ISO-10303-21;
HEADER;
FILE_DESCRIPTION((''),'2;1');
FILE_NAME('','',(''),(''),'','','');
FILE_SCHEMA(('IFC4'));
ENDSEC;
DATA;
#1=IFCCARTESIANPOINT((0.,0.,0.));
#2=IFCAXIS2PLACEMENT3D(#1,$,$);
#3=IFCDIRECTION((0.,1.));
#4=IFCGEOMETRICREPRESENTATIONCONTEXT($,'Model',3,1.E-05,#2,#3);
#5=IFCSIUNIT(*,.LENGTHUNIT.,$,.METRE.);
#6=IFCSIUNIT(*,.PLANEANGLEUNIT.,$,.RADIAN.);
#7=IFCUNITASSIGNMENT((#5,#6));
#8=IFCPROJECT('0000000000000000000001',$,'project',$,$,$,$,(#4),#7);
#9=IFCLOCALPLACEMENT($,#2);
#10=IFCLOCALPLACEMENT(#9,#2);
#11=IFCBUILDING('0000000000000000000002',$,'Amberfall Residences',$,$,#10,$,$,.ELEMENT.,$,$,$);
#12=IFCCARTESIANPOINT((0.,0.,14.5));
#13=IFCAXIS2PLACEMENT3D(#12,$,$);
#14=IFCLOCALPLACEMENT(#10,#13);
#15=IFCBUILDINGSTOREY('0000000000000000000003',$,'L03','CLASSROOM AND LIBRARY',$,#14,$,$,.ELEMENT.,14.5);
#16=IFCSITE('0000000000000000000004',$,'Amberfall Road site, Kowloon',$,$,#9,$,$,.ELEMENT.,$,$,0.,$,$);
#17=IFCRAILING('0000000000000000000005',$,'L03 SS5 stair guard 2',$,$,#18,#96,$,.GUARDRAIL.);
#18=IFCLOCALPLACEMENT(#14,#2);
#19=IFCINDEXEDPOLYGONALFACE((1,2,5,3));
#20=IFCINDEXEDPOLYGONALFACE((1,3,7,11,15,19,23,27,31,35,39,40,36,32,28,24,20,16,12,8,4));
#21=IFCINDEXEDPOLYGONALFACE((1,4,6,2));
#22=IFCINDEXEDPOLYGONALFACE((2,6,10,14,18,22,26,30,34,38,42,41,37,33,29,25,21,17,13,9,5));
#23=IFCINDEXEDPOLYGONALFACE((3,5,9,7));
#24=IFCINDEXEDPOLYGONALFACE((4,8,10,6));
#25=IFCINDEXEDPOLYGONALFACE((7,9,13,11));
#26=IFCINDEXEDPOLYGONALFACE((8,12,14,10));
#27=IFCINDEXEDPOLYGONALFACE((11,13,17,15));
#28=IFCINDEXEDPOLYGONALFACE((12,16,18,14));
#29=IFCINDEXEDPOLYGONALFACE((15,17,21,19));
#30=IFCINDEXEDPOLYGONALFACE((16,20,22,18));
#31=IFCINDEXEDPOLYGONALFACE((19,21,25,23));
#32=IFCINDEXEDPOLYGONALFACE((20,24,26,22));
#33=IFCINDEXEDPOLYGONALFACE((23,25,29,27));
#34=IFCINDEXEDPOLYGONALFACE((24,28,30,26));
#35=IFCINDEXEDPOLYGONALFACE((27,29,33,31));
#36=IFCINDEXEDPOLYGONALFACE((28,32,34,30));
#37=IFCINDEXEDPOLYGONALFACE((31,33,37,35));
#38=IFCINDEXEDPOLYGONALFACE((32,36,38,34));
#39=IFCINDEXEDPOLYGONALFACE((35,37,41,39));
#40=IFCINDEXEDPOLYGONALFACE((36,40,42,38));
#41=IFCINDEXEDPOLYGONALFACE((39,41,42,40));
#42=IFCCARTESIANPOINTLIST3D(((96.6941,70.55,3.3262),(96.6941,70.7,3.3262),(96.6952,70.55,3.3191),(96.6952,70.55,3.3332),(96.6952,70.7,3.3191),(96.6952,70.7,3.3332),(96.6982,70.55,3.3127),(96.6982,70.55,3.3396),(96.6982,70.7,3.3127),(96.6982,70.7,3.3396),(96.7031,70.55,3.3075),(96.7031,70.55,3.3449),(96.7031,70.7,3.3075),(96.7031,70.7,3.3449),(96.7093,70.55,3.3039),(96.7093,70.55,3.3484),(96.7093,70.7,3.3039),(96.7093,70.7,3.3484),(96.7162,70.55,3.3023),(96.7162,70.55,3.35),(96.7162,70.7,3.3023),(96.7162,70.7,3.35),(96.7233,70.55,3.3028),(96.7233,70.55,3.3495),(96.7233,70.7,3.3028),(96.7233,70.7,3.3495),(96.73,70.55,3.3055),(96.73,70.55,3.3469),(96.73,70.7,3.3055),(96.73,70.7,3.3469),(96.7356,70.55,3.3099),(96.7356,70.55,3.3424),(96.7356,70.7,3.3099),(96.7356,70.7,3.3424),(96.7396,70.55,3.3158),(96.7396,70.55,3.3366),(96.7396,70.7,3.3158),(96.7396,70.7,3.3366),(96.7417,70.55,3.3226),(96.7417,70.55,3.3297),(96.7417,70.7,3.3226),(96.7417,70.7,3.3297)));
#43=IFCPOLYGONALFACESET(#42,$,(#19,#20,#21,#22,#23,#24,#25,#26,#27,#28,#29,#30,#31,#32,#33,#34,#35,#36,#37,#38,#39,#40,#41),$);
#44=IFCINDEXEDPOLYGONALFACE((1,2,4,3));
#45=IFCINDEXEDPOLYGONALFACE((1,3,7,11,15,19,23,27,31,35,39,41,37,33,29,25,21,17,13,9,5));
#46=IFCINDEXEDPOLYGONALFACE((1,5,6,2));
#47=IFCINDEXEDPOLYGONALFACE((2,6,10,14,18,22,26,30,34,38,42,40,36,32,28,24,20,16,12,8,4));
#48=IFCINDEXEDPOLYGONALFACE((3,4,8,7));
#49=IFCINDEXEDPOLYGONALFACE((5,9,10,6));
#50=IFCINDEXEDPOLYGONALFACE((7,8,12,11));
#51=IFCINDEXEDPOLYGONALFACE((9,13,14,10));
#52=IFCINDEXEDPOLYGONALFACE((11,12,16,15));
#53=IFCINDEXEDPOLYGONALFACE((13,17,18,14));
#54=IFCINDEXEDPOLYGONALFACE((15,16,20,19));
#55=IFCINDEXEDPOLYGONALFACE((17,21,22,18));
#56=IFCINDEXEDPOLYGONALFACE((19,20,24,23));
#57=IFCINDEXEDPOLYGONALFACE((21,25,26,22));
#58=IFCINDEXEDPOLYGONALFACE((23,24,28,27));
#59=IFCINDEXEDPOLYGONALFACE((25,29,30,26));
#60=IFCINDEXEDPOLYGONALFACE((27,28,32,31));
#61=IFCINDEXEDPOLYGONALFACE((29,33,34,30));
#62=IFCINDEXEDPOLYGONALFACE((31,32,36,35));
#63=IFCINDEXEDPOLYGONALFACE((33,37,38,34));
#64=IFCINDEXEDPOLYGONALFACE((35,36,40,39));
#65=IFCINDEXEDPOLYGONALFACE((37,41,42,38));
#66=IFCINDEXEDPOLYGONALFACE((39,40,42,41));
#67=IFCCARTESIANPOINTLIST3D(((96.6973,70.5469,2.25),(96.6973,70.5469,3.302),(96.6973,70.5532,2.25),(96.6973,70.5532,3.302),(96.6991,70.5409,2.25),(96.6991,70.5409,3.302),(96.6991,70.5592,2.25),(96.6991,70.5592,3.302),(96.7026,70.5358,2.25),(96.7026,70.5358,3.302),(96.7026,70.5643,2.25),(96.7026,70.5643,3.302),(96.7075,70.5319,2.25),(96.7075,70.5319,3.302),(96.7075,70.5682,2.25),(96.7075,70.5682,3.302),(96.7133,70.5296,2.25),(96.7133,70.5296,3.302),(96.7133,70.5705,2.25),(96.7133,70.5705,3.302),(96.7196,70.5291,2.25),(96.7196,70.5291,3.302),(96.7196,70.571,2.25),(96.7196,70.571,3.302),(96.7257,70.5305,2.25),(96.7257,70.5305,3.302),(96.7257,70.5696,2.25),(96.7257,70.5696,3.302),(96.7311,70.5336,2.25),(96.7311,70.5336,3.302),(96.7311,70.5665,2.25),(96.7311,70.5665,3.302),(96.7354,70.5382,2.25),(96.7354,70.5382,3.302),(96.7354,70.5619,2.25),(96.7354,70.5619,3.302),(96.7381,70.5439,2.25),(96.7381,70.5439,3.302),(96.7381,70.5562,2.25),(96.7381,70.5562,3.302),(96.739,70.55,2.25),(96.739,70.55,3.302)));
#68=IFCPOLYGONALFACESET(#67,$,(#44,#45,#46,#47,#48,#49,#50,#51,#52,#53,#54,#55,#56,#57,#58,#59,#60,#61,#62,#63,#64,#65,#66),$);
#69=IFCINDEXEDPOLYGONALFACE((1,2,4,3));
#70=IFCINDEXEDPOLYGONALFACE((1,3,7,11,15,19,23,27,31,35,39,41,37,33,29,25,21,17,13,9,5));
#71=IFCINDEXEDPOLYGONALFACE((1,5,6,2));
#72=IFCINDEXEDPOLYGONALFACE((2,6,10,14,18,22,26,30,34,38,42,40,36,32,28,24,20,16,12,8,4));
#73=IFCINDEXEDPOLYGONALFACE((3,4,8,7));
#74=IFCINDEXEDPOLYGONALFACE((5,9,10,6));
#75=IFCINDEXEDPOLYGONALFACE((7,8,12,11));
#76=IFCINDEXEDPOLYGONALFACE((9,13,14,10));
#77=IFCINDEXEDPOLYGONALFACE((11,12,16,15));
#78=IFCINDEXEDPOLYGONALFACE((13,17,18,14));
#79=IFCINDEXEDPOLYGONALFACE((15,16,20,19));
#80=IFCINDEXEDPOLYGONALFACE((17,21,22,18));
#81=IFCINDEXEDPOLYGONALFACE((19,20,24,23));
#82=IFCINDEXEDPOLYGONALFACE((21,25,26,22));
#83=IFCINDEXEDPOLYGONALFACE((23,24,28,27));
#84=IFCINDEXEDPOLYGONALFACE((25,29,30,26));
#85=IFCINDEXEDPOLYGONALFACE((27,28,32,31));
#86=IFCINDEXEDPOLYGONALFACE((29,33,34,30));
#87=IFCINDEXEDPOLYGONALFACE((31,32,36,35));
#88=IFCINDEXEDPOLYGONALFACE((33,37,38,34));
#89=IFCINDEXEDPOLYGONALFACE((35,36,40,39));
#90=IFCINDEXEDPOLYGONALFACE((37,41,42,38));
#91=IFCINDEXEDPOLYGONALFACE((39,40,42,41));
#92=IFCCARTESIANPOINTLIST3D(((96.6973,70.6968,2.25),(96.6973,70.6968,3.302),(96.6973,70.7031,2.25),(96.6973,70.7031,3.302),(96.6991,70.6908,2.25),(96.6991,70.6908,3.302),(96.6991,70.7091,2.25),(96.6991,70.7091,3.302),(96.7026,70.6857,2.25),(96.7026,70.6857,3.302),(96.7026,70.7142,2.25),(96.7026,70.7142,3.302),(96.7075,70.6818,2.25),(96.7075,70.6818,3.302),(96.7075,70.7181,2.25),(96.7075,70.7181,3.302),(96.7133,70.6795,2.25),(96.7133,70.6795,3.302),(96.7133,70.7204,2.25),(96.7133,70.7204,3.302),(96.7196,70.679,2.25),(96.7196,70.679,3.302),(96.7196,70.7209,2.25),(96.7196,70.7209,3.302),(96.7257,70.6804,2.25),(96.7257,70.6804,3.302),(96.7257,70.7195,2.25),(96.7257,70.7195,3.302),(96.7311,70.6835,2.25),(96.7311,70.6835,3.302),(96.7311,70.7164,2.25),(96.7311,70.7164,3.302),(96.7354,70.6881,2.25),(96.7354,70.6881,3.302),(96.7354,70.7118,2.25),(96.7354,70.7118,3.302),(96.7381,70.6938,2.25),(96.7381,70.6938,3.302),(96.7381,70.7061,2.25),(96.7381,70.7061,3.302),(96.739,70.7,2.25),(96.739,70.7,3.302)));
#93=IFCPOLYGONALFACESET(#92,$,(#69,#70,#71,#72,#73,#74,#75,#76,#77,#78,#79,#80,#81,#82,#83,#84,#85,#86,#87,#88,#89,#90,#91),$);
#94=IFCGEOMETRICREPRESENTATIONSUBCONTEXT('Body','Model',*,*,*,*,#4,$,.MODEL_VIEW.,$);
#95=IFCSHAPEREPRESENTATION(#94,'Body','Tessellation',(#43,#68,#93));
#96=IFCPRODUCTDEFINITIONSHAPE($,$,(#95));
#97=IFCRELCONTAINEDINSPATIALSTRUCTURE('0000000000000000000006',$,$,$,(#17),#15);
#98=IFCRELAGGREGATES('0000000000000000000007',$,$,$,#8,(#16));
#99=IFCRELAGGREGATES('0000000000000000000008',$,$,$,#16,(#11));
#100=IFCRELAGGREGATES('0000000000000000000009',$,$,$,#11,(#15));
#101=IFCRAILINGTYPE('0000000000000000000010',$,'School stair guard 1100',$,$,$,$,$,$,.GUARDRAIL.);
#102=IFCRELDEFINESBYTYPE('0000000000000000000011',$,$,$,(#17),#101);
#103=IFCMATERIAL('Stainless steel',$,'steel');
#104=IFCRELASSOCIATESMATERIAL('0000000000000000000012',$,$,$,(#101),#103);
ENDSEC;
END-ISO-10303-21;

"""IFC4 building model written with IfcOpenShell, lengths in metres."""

from ifc_helpers import new_model, si_unit, direction, frame, origin, origin_2d, place, context, subcontext, project, spatial, circle, extrude, material, type_object, element, save


model = new_model("IFC4")

# Units and contexts
model_context = context("Model", 3, precision=1e-05, world=origin(), true_north=direction((0.0, 1.0)))
body_context = subcontext(model_context, "Body", "Model", "MODEL_VIEW")
ifc_project = project(units=[si_unit("LENGTHUNIT", "METRE"), si_unit("PLANEANGLEUNIT", "RADIAN")], contexts=[model_context])

# Site, building, storey
site_placement = place(None, origin())
site = spatial("IfcSite", under=ifc_project, at=site_placement, Name="Amberfall Road site, Kowloon", CompositionType="ELEMENT", RefElevation=0.0)
building_placement = place(site_placement, origin())
building = spatial("IfcBuilding", under=site, at=building_placement, Name="Amberfall Residences", CompositionType="ELEMENT")
storey_placement = place(building_placement, frame((0.0, 0.0, 14.5)))
storey = spatial("IfcBuildingStorey", under=building, at=storey_placement, Name="L03", Description="CLASSROOM AND LIBRARY", CompositionType="ELEMENT", Elevation=14.5)

# Railing
ifc_material_1 = material(Name="Stainless steel", Category="steel")
railing_type_1 = type_object("IfcRailingType", Name="School stair guard 1100", PredefinedType="GUARDRAIL", material=ifc_material_1)
railing_1_placement = place(storey_placement, frame((96.718, 70.55, 2.25)))
element("IfcRailing", 1, at=railing_1_placement, inside=storey, type_object=railing_type_1, Name="L03 SS5 stair guard 2", PredefinedType="GUARDRAIL", context=body_context, shape_type="SweptSolid", body=[
    extrude(circle(Radius=0.0239, at=origin_2d()), frame((0.0, 0.0, 1.0762), z_axis=(0.0, 1.0, 0.0), x_axis=(-1.0, 0.0, 0.0)), (0.0, 0.0, 1.0), 0.1499),
    extrude(circle(Radius=0.021, at=origin_2d()), origin(), (0.0, 0.0, 1.0), 1.052),
    extrude(circle(Radius=0.021, at=origin_2d()), frame((0.0, 0.1499, 0.0)), (0.0, 0.0, 1.0), 1.052),
])

save(model, "model.ifc")
